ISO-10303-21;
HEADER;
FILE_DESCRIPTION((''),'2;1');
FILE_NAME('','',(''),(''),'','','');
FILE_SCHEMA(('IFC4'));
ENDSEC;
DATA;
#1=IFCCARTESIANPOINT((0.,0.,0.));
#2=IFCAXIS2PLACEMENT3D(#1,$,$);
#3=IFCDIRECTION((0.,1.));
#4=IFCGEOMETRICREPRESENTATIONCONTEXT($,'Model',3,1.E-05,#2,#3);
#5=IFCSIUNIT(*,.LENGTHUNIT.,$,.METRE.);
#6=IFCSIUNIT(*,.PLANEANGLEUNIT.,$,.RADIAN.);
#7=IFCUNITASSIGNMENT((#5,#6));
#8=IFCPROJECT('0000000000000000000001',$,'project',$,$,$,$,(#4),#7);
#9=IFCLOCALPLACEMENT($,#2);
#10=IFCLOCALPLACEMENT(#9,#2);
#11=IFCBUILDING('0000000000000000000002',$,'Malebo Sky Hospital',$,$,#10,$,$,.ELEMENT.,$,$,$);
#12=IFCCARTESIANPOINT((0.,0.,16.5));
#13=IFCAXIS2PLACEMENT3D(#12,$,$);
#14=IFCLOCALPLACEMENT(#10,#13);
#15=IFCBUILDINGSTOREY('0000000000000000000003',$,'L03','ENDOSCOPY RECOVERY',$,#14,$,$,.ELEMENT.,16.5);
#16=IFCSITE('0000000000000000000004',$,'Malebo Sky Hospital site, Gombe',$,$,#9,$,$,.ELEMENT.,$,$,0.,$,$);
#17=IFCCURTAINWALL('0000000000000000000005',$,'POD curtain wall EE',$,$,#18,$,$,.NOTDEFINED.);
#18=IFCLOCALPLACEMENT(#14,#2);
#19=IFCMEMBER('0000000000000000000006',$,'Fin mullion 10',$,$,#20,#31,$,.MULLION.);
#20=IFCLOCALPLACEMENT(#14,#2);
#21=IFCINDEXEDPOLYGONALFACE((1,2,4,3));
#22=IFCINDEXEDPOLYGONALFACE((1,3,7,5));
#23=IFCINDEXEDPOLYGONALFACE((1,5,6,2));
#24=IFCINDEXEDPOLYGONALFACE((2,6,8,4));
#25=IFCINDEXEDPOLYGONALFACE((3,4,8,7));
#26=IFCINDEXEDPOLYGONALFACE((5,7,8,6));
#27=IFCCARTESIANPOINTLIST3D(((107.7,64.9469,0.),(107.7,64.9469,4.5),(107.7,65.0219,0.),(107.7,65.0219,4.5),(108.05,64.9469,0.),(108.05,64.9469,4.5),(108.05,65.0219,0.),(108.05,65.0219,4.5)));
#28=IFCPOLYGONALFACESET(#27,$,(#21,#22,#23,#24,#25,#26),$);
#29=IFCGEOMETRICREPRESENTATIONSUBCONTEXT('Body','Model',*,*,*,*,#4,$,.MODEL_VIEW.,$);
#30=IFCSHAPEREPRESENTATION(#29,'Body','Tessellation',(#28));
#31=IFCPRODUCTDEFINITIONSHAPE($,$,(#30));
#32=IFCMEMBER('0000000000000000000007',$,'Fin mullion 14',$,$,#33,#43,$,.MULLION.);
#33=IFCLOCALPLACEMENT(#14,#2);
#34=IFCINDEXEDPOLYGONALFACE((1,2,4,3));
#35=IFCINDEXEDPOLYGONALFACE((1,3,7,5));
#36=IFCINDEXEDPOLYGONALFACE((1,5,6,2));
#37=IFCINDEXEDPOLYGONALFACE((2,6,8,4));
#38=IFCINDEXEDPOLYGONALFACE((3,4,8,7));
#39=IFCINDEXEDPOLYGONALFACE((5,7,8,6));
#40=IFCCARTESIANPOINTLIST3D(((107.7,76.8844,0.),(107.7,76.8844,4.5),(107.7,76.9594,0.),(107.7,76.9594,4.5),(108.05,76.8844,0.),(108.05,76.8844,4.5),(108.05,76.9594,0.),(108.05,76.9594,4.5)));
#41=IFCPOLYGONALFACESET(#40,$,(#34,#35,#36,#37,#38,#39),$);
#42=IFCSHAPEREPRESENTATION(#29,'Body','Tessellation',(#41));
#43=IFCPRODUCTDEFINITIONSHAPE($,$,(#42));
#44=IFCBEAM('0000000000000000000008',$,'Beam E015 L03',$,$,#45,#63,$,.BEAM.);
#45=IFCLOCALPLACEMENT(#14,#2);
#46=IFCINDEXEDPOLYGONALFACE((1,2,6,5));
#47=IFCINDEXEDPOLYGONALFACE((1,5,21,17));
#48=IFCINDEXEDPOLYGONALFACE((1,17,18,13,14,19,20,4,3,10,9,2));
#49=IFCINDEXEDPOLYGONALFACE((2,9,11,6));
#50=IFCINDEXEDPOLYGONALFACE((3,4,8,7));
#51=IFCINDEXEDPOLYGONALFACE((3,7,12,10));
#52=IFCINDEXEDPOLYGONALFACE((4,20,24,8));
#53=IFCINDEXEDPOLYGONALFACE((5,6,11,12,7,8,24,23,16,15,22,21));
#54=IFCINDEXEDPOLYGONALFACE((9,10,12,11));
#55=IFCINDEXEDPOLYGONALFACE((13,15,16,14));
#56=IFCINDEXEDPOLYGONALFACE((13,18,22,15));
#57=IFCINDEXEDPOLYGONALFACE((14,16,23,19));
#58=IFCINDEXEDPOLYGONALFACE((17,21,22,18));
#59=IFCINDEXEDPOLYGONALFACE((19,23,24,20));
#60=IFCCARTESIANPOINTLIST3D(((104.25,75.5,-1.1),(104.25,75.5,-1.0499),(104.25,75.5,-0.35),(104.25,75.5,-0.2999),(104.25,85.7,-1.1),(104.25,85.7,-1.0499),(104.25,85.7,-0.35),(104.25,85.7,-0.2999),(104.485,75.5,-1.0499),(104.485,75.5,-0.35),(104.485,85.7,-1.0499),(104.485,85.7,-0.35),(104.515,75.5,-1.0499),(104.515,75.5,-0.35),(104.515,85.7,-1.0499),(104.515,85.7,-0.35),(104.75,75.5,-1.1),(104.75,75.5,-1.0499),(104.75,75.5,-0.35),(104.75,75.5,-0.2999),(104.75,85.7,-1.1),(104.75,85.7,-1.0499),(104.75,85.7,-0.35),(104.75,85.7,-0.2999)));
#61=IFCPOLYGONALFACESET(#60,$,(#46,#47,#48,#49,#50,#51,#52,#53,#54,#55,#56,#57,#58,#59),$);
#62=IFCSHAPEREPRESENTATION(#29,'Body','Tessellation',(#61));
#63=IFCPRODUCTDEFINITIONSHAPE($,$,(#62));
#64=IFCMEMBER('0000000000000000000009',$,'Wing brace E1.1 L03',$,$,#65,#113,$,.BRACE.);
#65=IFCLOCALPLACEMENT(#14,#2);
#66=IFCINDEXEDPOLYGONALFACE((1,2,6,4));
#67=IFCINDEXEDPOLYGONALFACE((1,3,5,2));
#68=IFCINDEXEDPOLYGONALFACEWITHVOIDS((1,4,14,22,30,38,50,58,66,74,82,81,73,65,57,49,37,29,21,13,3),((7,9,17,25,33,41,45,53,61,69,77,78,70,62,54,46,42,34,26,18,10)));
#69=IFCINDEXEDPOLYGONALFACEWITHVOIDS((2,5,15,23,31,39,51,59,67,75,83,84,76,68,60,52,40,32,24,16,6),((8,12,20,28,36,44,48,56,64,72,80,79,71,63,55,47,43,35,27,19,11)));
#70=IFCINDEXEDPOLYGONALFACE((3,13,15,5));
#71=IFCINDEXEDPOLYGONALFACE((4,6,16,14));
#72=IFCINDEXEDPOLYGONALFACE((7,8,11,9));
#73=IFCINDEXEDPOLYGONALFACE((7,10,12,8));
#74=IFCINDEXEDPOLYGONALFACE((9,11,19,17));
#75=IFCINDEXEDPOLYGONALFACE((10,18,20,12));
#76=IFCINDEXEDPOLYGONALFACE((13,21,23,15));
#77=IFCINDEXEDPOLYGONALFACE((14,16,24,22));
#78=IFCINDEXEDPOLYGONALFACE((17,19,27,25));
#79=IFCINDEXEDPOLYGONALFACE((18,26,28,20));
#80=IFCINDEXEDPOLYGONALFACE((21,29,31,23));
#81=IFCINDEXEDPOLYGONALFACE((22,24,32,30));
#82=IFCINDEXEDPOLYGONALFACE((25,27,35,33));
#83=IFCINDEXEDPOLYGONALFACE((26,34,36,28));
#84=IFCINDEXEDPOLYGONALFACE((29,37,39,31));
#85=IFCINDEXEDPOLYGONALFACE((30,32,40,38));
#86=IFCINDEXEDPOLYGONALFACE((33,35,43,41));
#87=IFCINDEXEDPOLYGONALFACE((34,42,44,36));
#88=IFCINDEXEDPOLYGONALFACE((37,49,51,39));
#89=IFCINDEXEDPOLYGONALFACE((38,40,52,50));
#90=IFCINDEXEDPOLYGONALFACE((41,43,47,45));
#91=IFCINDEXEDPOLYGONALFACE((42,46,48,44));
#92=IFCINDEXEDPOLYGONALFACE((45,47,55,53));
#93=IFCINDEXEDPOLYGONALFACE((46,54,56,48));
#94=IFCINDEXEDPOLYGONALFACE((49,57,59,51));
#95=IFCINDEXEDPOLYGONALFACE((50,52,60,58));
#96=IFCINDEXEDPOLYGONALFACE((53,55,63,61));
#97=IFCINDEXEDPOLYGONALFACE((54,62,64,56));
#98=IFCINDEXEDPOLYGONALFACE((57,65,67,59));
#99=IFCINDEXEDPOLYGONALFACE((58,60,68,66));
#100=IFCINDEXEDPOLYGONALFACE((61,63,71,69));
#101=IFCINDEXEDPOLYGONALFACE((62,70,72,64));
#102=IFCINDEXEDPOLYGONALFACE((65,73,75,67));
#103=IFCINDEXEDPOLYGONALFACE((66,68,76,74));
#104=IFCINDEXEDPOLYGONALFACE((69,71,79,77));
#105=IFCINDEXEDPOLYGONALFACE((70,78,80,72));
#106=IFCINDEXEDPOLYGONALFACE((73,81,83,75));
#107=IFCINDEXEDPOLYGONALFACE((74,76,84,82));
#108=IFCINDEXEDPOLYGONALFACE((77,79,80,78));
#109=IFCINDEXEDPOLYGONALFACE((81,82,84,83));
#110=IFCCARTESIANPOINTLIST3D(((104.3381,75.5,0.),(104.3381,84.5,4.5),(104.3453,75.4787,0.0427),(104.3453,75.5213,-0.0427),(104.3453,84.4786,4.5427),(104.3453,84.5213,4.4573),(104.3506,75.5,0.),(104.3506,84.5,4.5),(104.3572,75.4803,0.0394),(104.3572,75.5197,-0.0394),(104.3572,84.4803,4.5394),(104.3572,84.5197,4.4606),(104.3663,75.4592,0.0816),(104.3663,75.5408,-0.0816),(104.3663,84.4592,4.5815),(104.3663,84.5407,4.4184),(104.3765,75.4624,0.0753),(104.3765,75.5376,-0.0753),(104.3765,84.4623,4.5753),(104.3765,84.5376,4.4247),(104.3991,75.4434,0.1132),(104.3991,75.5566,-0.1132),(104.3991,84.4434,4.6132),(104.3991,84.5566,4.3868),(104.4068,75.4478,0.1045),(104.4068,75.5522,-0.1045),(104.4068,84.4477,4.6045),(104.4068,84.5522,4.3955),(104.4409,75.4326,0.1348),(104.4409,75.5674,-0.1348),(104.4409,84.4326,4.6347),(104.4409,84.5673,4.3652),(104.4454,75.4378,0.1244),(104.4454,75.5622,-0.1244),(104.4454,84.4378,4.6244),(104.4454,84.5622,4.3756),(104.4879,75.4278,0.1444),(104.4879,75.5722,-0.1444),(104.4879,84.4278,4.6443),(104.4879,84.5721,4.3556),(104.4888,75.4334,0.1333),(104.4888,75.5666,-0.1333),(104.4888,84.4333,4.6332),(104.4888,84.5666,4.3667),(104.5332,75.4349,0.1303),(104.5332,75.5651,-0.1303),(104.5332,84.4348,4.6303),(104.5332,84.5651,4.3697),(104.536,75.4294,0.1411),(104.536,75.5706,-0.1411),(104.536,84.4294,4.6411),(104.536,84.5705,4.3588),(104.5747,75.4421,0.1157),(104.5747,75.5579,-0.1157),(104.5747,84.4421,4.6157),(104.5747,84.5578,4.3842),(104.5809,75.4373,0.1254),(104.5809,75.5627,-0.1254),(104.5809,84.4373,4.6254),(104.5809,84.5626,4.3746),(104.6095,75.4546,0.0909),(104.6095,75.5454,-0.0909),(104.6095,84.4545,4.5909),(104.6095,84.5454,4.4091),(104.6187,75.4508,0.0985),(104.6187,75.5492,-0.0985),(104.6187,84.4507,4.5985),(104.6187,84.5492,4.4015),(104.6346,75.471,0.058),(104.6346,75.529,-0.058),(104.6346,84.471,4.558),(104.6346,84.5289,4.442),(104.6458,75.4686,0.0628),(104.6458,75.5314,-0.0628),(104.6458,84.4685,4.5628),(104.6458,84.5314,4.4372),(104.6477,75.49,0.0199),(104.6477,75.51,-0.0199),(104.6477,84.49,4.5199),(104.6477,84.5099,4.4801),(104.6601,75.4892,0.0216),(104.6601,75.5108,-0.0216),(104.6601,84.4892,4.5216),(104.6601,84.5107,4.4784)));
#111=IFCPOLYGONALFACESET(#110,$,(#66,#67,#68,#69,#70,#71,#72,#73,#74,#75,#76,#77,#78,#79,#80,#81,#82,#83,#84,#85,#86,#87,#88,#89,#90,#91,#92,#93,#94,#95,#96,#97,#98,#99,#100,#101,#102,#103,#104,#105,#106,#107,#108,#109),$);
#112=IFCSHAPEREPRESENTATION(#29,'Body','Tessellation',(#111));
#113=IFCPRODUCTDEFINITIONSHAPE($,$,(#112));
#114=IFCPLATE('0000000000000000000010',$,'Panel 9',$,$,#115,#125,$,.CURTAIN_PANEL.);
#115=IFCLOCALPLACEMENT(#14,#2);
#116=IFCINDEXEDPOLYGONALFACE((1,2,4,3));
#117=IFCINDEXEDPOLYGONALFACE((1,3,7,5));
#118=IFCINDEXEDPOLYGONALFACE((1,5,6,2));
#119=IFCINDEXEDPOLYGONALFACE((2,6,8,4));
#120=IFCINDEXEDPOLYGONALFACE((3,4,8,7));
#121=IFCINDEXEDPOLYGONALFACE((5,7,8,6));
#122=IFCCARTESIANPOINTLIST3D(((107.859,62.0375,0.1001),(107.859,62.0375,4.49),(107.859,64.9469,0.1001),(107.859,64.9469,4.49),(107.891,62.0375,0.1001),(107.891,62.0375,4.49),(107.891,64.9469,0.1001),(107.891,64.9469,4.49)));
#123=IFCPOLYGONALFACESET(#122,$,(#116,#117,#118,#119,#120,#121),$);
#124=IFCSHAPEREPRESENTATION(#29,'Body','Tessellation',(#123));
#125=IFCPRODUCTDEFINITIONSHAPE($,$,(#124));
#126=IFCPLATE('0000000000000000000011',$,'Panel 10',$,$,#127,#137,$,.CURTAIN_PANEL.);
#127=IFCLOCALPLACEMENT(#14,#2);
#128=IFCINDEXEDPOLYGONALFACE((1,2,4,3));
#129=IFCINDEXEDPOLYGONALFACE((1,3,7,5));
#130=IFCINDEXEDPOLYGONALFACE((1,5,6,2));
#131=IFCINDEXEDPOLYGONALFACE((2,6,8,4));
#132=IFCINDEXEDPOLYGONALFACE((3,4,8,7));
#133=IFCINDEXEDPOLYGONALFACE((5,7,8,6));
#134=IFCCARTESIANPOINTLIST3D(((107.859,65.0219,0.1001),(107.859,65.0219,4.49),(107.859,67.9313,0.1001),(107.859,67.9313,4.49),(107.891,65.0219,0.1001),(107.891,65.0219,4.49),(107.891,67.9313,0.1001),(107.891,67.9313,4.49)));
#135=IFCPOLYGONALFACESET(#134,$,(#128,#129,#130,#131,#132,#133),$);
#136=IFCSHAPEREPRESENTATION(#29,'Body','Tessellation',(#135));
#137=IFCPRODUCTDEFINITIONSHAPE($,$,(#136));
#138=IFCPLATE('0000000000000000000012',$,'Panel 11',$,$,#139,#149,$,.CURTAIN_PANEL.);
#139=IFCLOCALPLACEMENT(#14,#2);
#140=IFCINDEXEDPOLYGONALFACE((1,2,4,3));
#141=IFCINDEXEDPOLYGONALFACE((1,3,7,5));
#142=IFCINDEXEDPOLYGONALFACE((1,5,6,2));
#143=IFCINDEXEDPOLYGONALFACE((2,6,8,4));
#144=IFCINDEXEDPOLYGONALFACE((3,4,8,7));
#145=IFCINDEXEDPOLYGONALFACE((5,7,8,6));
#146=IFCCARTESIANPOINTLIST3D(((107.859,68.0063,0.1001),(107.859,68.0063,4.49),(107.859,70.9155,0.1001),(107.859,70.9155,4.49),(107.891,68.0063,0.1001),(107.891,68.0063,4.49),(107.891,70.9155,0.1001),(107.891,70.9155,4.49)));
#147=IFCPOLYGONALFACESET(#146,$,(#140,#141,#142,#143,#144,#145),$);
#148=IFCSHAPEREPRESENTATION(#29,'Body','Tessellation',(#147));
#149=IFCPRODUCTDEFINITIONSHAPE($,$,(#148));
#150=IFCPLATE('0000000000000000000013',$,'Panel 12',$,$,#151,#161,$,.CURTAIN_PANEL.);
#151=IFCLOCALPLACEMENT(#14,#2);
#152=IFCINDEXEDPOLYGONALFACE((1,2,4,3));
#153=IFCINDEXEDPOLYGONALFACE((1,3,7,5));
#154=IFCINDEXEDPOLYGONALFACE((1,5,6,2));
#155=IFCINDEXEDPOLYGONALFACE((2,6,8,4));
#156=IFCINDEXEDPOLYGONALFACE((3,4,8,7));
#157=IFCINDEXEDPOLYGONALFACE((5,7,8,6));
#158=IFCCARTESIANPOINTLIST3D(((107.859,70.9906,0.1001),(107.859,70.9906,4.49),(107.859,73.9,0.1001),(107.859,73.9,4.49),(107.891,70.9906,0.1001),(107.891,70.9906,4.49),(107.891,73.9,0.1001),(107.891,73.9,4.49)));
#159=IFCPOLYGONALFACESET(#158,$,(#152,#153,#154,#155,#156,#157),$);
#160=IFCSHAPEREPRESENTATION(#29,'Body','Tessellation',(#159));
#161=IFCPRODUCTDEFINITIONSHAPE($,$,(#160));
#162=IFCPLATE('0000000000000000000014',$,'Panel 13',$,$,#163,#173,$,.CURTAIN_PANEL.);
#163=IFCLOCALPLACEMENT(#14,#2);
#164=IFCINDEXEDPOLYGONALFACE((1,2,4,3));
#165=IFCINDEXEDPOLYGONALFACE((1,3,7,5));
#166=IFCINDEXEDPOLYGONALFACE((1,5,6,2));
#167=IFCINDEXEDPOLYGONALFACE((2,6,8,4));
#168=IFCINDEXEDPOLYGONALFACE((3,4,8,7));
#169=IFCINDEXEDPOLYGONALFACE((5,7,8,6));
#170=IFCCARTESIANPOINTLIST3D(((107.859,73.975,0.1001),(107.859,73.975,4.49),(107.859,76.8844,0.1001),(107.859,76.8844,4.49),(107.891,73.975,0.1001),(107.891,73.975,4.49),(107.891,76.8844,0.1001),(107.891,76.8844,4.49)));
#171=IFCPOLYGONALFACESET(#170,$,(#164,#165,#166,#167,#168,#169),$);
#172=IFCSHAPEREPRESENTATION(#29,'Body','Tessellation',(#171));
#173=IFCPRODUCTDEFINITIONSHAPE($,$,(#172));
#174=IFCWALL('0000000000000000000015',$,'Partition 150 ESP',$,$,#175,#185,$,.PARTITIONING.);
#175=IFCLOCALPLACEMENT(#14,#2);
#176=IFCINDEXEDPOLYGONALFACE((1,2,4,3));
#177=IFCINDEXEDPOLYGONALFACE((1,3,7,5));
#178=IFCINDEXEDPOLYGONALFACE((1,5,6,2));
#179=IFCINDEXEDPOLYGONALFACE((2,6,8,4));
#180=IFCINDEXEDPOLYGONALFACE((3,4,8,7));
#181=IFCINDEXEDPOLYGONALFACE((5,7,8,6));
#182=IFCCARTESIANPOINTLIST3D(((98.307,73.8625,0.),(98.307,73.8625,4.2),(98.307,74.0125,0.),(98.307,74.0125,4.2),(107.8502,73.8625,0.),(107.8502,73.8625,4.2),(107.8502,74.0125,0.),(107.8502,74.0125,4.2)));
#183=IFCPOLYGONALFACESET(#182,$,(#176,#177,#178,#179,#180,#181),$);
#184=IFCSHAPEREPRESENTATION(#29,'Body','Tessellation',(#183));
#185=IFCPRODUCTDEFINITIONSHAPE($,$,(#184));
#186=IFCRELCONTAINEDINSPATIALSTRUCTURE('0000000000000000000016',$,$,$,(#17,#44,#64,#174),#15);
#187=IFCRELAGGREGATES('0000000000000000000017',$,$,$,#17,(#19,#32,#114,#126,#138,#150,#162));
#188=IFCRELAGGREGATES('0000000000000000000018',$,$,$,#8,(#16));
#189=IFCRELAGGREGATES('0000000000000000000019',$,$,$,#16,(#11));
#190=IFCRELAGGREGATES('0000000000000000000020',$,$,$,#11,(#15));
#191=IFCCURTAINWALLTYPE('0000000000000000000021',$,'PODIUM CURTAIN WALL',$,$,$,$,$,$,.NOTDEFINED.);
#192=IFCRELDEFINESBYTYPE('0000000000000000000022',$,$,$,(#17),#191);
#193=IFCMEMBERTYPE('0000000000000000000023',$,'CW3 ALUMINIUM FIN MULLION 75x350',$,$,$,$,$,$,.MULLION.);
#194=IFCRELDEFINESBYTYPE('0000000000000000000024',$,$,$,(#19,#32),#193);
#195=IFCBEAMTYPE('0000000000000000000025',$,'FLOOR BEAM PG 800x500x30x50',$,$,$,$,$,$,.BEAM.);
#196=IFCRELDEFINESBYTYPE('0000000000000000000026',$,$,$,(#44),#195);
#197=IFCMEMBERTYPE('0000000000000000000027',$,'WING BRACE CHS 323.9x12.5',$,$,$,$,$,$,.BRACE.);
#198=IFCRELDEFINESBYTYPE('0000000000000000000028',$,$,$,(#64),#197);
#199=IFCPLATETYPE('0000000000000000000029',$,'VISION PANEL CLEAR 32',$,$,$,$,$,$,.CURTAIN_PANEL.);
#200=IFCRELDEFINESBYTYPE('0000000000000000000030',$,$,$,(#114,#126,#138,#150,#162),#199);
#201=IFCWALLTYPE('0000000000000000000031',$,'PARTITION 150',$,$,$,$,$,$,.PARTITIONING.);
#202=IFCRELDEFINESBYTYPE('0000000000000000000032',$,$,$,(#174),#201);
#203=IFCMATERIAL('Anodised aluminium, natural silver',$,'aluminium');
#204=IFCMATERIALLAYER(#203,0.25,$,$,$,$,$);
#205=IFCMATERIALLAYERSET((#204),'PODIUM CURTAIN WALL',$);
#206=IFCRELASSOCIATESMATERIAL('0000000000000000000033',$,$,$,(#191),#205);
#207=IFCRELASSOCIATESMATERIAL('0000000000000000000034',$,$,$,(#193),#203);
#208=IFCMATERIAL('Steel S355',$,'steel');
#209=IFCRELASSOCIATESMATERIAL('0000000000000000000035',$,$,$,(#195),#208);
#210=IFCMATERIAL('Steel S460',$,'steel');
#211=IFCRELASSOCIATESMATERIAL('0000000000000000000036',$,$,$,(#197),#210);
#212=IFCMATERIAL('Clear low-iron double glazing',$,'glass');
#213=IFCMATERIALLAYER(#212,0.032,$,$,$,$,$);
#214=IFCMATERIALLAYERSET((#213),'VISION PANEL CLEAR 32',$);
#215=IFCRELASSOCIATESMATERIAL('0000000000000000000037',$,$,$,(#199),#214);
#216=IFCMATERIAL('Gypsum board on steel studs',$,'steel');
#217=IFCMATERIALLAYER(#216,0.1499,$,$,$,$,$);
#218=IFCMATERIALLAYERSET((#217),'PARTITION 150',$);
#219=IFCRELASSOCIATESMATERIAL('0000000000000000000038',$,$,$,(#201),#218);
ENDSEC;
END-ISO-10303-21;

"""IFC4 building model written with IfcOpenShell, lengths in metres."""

from ifc_helpers import new_model, si_unit, direction, frame, frame_2d, origin, origin_2d, place, context, subcontext, project, spatial, rectangle, hollow_circle, i_section, extrude, material, layer, layer_set, material_profile, profile_set, type_object, element, aggregate, save


model = new_model("IFC4")

# Units and contexts
model_context = context("Model", 3, precision=1e-05, world=origin(), true_north=direction((0.0, 1.0)))
body_context = subcontext(model_context, "Body", "Model", "MODEL_VIEW")
ifc_project = project(units=[si_unit("LENGTHUNIT", "METRE"), si_unit("PLANEANGLEUNIT", "RADIAN")], contexts=[model_context])

# Site, building, storey
site_placement = place(None, origin())
site = spatial("IfcSite", under=ifc_project, at=site_placement, Name="Malebo Sky Hospital site, Gombe", CompositionType="ELEMENT", RefElevation=0.0)
building_placement = place(site_placement, origin())
building = spatial("IfcBuilding", under=site, at=building_placement, Name="Malebo Sky Hospital", CompositionType="ELEMENT")
storey_placement = place(building_placement, frame((0.0, 0.0, 16.5)))
storey = spatial("IfcBuildingStorey", under=building, at=storey_placement, Name="L03", Description="ENDOSCOPY RECOVERY", CompositionType="ELEMENT", Elevation=16.5)

# Shared definitions
ifc_material_1 = material(Name="Steel S355", Category="steel")

# Curtain wall, members
ifc_material_2 = material(Name="Anodised aluminium, natural silver", Category="aluminium")
ifc_layer_1 = layer(ifc_material_2, 0.25)
ifc_layer_set_1 = layer_set([ifc_layer_1], Name="PODIUM CURTAIN WALL")
curtain_wall_type = type_object("IfcCurtainWallType", Name="PODIUM CURTAIN WALL", PredefinedType="NOTDEFINED", material=ifc_layer_set_1)
curtain_wall_placement = place(storey_placement, origin())
curtain_wall = element("IfcCurtainWall", 1, at=curtain_wall_placement, inside=storey, type_object=curtain_wall_type, Name="POD curtain wall EE", PredefinedType="NOTDEFINED")
ifc_material_profile_1 = material_profile(ifc_material_2, rectangle(XDim=0.075, YDim=0.3501, at=origin_2d()), Name="CW3 ALUMINIUM FIN MULLION 75x350")
ifc_profile_set_1 = profile_set([ifc_material_profile_1], Name="Anodised aluminium, natural silver")
member_type_1 = type_object("IfcMemberType", Name="CW3 ALUMINIUM FIN MULLION 75x350", PredefinedType="MULLION", material=ifc_profile_set_1)
member_1_placement = place(storey_placement, frame((107.875, 64.9844, 0.0), z_axis=(0.0, 0.0, 1.0), x_axis=(0.0, 1.0, 0.0)))
member_1 = element("IfcMember", 2, at=member_1_placement, type_object=member_type_1, Name="Fin mullion 10", PredefinedType="MULLION", context=body_context, shape_type="SweptSolid", body=[
    extrude(rectangle(XDim=0.075, YDim=0.3501, at=origin_2d()), origin(), (0.0, 0.0, 1.0), 4.5),
])
member_2_placement = place(storey_placement, frame((107.875, 76.9219, 0.0), z_axis=(0.0, 0.0, 1.0), x_axis=(0.0, 1.0, 0.0)))
member_2 = element("IfcMember", 3, at=member_2_placement, type_object=member_type_1, Name="Fin mullion 14", PredefinedType="MULLION", context=body_context, shape_type="SweptSolid", body=[
    extrude(rectangle(XDim=0.075, YDim=0.3501, at=origin_2d()), origin(), (0.0, 0.0, 1.0), 4.5),
])

# Beam
ifc_material_profile_2 = material_profile(ifc_material_1, i_section(OverallWidth=0.5, OverallDepth=0.8, WebThickness=0.03, FlangeThickness=0.05, at=origin_2d()), Name="PG 800x500x30x50")
ifc_profile_set_2 = profile_set([ifc_material_profile_2], Name="Steel S355")
beam_type = type_object("IfcBeamType", Name="FLOOR BEAM PG 800x500x30x50", PredefinedType="BEAM", material=ifc_profile_set_2)
beam_placement = place(storey_placement, frame((104.5, 75.5, -0.7), z_axis=(0.0, 1.0, 0.0), x_axis=(-1.0, 0.0, 0.0)))
element("IfcBeam", 4, at=beam_placement, inside=storey, type_object=beam_type, Name="Beam E015 L03", PredefinedType="BEAM", context=body_context, shape_type="SweptSolid", body=[
    extrude(i_section(OverallWidth=0.5, OverallDepth=0.8, WebThickness=0.03, FlangeThickness=0.05, at=origin_2d()), origin(), (0.0, 0.0, 1.0), 10.2),
])

# Member
ifc_material_3 = material(Name="Steel S460", Category="steel")
ifc_material_profile_3 = material_profile(ifc_material_3, hollow_circle(Radius=0.1619, WallThickness=0.0125, at=origin_2d()), Name="CHS 323.9x12.5")
ifc_profile_set_3 = profile_set([ifc_material_profile_3], Name="Steel S460")
member_type_2 = type_object("IfcMemberType", Name="WING BRACE CHS 323.9x12.5", PredefinedType="BRACE", material=ifc_profile_set_3)
member_3_placement = place(storey_placement, frame((104.5, 75.5, 0.0), z_axis=(0.0, 0.894427, 0.447214), x_axis=(-1.0, 0.0, 0.0)))
element("IfcMember", 5, at=member_3_placement, inside=storey, type_object=member_type_2, Name="Wing brace E1.1 L03", PredefinedType="BRACE", context=body_context, shape_type="SweptSolid", body=[
    extrude(hollow_circle(Radius=0.1619, WallThickness=0.0125, at=origin_2d()), origin(), (0.0, 0.0, 1.0), 10.0623),
])

# Plates
ifc_material_4 = material(Name="Clear low-iron double glazing", Category="glass")
ifc_layer_2 = layer(ifc_material_4, 0.032)
ifc_layer_set_2 = layer_set([ifc_layer_2], Name="VISION PANEL CLEAR 32")
plate_type = type_object("IfcPlateType", Name="VISION PANEL CLEAR 32", PredefinedType="CURTAIN_PANEL", material=ifc_layer_set_2)
plate_1_placement = place(storey_placement, frame((107.875, 63.4922, 0.1001), z_axis=(0.0, 0.0, 1.0), x_axis=(0.0, 1.0, 0.0)))
plate_1 = element("IfcPlate", 6, at=plate_1_placement, type_object=plate_type, Name="Panel 9", PredefinedType="CURTAIN_PANEL", context=body_context, shape_type="SweptSolid", body=[
    extrude(rectangle(XDim=2.9094, YDim=0.032, at=origin_2d()), origin(), (0.0, 0.0, 1.0), 4.3899),
])
plate_2_placement = place(storey_placement, frame((107.875, 66.4766, 0.1001), z_axis=(0.0, 0.0, 1.0), x_axis=(0.0, 1.0, 0.0)))
plate_2 = element("IfcPlate", 7, at=plate_2_placement, type_object=plate_type, Name="Panel 10", PredefinedType="CURTAIN_PANEL", context=body_context, shape_type="SweptSolid", body=[
    extrude(rectangle(XDim=2.9094, YDim=0.032, at=origin_2d()), origin(), (0.0, 0.0, 1.0), 4.3899),
])
plate_3_placement = place(storey_placement, frame((107.875, 69.4609, 0.1001), z_axis=(0.0, 0.0, 1.0), x_axis=(0.0, 1.0, 0.0)))
plate_3 = element("IfcPlate", 8, at=plate_3_placement, type_object=plate_type, Name="Panel 11", PredefinedType="CURTAIN_PANEL", context=body_context, shape_type="SweptSolid", body=[
    extrude(rectangle(XDim=2.9092, YDim=0.032, at=origin_2d()), origin(), (0.0, 0.0, 1.0), 4.3899),
])
plate_4_placement = place(storey_placement, frame((107.875, 72.4453, 0.1001), z_axis=(0.0, 0.0, 1.0), x_axis=(0.0, 1.0, 0.0)))
plate_4 = element("IfcPlate", 9, at=plate_4_placement, type_object=plate_type, Name="Panel 12", PredefinedType="CURTAIN_PANEL", context=body_context, shape_type="SweptSolid", body=[
    extrude(rectangle(XDim=2.9094, YDim=0.032, at=origin_2d()), origin(), (0.0, 0.0, 1.0), 4.3899),
])
plate_5_placement = place(storey_placement, frame((107.875, 75.4297, 0.1001), z_axis=(0.0, 0.0, 1.0), x_axis=(0.0, 1.0, 0.0)))
plate_5 = element("IfcPlate", 10, at=plate_5_placement, type_object=plate_type, Name="Panel 13", PredefinedType="CURTAIN_PANEL", context=body_context, shape_type="SweptSolid", body=[
    extrude(rectangle(XDim=2.9094, YDim=0.032, at=origin_2d()), origin(), (0.0, 0.0, 1.0), 4.3899),
])
aggregate(curtain_wall, [member_1, member_2, plate_1, plate_2, plate_3, plate_4, plate_5])

# Wall
ifc_material_5 = material(Name="Gypsum board on steel studs", Category="steel")
ifc_layer_3 = layer(ifc_material_5, 0.1499)
ifc_layer_set_3 = layer_set([ifc_layer_3], Name="PARTITION 150")
wall_type = type_object("IfcWallType", Name="PARTITION 150", PredefinedType="PARTITIONING", material=ifc_layer_set_3)
wall_placement = place(storey_placement, frame((107.8501, 73.9375, 0.0), z_axis=(0.0, 0.0, 1.0), x_axis=(-1.0, 0.0, 0.0)))
element("IfcWall", 11, at=wall_placement, inside=storey, type_object=wall_type, Name="Partition 150 ESP", PredefinedType="PARTITIONING", context=body_context, shape_type="SweptSolid", body=[
    extrude(rectangle(XDim=9.5432, YDim=0.1499, at=frame_2d((4.7715, 0.0))), origin(), (0.0, 0.0, 1.0), 4.2),
])

save(model, "model.ifc")
